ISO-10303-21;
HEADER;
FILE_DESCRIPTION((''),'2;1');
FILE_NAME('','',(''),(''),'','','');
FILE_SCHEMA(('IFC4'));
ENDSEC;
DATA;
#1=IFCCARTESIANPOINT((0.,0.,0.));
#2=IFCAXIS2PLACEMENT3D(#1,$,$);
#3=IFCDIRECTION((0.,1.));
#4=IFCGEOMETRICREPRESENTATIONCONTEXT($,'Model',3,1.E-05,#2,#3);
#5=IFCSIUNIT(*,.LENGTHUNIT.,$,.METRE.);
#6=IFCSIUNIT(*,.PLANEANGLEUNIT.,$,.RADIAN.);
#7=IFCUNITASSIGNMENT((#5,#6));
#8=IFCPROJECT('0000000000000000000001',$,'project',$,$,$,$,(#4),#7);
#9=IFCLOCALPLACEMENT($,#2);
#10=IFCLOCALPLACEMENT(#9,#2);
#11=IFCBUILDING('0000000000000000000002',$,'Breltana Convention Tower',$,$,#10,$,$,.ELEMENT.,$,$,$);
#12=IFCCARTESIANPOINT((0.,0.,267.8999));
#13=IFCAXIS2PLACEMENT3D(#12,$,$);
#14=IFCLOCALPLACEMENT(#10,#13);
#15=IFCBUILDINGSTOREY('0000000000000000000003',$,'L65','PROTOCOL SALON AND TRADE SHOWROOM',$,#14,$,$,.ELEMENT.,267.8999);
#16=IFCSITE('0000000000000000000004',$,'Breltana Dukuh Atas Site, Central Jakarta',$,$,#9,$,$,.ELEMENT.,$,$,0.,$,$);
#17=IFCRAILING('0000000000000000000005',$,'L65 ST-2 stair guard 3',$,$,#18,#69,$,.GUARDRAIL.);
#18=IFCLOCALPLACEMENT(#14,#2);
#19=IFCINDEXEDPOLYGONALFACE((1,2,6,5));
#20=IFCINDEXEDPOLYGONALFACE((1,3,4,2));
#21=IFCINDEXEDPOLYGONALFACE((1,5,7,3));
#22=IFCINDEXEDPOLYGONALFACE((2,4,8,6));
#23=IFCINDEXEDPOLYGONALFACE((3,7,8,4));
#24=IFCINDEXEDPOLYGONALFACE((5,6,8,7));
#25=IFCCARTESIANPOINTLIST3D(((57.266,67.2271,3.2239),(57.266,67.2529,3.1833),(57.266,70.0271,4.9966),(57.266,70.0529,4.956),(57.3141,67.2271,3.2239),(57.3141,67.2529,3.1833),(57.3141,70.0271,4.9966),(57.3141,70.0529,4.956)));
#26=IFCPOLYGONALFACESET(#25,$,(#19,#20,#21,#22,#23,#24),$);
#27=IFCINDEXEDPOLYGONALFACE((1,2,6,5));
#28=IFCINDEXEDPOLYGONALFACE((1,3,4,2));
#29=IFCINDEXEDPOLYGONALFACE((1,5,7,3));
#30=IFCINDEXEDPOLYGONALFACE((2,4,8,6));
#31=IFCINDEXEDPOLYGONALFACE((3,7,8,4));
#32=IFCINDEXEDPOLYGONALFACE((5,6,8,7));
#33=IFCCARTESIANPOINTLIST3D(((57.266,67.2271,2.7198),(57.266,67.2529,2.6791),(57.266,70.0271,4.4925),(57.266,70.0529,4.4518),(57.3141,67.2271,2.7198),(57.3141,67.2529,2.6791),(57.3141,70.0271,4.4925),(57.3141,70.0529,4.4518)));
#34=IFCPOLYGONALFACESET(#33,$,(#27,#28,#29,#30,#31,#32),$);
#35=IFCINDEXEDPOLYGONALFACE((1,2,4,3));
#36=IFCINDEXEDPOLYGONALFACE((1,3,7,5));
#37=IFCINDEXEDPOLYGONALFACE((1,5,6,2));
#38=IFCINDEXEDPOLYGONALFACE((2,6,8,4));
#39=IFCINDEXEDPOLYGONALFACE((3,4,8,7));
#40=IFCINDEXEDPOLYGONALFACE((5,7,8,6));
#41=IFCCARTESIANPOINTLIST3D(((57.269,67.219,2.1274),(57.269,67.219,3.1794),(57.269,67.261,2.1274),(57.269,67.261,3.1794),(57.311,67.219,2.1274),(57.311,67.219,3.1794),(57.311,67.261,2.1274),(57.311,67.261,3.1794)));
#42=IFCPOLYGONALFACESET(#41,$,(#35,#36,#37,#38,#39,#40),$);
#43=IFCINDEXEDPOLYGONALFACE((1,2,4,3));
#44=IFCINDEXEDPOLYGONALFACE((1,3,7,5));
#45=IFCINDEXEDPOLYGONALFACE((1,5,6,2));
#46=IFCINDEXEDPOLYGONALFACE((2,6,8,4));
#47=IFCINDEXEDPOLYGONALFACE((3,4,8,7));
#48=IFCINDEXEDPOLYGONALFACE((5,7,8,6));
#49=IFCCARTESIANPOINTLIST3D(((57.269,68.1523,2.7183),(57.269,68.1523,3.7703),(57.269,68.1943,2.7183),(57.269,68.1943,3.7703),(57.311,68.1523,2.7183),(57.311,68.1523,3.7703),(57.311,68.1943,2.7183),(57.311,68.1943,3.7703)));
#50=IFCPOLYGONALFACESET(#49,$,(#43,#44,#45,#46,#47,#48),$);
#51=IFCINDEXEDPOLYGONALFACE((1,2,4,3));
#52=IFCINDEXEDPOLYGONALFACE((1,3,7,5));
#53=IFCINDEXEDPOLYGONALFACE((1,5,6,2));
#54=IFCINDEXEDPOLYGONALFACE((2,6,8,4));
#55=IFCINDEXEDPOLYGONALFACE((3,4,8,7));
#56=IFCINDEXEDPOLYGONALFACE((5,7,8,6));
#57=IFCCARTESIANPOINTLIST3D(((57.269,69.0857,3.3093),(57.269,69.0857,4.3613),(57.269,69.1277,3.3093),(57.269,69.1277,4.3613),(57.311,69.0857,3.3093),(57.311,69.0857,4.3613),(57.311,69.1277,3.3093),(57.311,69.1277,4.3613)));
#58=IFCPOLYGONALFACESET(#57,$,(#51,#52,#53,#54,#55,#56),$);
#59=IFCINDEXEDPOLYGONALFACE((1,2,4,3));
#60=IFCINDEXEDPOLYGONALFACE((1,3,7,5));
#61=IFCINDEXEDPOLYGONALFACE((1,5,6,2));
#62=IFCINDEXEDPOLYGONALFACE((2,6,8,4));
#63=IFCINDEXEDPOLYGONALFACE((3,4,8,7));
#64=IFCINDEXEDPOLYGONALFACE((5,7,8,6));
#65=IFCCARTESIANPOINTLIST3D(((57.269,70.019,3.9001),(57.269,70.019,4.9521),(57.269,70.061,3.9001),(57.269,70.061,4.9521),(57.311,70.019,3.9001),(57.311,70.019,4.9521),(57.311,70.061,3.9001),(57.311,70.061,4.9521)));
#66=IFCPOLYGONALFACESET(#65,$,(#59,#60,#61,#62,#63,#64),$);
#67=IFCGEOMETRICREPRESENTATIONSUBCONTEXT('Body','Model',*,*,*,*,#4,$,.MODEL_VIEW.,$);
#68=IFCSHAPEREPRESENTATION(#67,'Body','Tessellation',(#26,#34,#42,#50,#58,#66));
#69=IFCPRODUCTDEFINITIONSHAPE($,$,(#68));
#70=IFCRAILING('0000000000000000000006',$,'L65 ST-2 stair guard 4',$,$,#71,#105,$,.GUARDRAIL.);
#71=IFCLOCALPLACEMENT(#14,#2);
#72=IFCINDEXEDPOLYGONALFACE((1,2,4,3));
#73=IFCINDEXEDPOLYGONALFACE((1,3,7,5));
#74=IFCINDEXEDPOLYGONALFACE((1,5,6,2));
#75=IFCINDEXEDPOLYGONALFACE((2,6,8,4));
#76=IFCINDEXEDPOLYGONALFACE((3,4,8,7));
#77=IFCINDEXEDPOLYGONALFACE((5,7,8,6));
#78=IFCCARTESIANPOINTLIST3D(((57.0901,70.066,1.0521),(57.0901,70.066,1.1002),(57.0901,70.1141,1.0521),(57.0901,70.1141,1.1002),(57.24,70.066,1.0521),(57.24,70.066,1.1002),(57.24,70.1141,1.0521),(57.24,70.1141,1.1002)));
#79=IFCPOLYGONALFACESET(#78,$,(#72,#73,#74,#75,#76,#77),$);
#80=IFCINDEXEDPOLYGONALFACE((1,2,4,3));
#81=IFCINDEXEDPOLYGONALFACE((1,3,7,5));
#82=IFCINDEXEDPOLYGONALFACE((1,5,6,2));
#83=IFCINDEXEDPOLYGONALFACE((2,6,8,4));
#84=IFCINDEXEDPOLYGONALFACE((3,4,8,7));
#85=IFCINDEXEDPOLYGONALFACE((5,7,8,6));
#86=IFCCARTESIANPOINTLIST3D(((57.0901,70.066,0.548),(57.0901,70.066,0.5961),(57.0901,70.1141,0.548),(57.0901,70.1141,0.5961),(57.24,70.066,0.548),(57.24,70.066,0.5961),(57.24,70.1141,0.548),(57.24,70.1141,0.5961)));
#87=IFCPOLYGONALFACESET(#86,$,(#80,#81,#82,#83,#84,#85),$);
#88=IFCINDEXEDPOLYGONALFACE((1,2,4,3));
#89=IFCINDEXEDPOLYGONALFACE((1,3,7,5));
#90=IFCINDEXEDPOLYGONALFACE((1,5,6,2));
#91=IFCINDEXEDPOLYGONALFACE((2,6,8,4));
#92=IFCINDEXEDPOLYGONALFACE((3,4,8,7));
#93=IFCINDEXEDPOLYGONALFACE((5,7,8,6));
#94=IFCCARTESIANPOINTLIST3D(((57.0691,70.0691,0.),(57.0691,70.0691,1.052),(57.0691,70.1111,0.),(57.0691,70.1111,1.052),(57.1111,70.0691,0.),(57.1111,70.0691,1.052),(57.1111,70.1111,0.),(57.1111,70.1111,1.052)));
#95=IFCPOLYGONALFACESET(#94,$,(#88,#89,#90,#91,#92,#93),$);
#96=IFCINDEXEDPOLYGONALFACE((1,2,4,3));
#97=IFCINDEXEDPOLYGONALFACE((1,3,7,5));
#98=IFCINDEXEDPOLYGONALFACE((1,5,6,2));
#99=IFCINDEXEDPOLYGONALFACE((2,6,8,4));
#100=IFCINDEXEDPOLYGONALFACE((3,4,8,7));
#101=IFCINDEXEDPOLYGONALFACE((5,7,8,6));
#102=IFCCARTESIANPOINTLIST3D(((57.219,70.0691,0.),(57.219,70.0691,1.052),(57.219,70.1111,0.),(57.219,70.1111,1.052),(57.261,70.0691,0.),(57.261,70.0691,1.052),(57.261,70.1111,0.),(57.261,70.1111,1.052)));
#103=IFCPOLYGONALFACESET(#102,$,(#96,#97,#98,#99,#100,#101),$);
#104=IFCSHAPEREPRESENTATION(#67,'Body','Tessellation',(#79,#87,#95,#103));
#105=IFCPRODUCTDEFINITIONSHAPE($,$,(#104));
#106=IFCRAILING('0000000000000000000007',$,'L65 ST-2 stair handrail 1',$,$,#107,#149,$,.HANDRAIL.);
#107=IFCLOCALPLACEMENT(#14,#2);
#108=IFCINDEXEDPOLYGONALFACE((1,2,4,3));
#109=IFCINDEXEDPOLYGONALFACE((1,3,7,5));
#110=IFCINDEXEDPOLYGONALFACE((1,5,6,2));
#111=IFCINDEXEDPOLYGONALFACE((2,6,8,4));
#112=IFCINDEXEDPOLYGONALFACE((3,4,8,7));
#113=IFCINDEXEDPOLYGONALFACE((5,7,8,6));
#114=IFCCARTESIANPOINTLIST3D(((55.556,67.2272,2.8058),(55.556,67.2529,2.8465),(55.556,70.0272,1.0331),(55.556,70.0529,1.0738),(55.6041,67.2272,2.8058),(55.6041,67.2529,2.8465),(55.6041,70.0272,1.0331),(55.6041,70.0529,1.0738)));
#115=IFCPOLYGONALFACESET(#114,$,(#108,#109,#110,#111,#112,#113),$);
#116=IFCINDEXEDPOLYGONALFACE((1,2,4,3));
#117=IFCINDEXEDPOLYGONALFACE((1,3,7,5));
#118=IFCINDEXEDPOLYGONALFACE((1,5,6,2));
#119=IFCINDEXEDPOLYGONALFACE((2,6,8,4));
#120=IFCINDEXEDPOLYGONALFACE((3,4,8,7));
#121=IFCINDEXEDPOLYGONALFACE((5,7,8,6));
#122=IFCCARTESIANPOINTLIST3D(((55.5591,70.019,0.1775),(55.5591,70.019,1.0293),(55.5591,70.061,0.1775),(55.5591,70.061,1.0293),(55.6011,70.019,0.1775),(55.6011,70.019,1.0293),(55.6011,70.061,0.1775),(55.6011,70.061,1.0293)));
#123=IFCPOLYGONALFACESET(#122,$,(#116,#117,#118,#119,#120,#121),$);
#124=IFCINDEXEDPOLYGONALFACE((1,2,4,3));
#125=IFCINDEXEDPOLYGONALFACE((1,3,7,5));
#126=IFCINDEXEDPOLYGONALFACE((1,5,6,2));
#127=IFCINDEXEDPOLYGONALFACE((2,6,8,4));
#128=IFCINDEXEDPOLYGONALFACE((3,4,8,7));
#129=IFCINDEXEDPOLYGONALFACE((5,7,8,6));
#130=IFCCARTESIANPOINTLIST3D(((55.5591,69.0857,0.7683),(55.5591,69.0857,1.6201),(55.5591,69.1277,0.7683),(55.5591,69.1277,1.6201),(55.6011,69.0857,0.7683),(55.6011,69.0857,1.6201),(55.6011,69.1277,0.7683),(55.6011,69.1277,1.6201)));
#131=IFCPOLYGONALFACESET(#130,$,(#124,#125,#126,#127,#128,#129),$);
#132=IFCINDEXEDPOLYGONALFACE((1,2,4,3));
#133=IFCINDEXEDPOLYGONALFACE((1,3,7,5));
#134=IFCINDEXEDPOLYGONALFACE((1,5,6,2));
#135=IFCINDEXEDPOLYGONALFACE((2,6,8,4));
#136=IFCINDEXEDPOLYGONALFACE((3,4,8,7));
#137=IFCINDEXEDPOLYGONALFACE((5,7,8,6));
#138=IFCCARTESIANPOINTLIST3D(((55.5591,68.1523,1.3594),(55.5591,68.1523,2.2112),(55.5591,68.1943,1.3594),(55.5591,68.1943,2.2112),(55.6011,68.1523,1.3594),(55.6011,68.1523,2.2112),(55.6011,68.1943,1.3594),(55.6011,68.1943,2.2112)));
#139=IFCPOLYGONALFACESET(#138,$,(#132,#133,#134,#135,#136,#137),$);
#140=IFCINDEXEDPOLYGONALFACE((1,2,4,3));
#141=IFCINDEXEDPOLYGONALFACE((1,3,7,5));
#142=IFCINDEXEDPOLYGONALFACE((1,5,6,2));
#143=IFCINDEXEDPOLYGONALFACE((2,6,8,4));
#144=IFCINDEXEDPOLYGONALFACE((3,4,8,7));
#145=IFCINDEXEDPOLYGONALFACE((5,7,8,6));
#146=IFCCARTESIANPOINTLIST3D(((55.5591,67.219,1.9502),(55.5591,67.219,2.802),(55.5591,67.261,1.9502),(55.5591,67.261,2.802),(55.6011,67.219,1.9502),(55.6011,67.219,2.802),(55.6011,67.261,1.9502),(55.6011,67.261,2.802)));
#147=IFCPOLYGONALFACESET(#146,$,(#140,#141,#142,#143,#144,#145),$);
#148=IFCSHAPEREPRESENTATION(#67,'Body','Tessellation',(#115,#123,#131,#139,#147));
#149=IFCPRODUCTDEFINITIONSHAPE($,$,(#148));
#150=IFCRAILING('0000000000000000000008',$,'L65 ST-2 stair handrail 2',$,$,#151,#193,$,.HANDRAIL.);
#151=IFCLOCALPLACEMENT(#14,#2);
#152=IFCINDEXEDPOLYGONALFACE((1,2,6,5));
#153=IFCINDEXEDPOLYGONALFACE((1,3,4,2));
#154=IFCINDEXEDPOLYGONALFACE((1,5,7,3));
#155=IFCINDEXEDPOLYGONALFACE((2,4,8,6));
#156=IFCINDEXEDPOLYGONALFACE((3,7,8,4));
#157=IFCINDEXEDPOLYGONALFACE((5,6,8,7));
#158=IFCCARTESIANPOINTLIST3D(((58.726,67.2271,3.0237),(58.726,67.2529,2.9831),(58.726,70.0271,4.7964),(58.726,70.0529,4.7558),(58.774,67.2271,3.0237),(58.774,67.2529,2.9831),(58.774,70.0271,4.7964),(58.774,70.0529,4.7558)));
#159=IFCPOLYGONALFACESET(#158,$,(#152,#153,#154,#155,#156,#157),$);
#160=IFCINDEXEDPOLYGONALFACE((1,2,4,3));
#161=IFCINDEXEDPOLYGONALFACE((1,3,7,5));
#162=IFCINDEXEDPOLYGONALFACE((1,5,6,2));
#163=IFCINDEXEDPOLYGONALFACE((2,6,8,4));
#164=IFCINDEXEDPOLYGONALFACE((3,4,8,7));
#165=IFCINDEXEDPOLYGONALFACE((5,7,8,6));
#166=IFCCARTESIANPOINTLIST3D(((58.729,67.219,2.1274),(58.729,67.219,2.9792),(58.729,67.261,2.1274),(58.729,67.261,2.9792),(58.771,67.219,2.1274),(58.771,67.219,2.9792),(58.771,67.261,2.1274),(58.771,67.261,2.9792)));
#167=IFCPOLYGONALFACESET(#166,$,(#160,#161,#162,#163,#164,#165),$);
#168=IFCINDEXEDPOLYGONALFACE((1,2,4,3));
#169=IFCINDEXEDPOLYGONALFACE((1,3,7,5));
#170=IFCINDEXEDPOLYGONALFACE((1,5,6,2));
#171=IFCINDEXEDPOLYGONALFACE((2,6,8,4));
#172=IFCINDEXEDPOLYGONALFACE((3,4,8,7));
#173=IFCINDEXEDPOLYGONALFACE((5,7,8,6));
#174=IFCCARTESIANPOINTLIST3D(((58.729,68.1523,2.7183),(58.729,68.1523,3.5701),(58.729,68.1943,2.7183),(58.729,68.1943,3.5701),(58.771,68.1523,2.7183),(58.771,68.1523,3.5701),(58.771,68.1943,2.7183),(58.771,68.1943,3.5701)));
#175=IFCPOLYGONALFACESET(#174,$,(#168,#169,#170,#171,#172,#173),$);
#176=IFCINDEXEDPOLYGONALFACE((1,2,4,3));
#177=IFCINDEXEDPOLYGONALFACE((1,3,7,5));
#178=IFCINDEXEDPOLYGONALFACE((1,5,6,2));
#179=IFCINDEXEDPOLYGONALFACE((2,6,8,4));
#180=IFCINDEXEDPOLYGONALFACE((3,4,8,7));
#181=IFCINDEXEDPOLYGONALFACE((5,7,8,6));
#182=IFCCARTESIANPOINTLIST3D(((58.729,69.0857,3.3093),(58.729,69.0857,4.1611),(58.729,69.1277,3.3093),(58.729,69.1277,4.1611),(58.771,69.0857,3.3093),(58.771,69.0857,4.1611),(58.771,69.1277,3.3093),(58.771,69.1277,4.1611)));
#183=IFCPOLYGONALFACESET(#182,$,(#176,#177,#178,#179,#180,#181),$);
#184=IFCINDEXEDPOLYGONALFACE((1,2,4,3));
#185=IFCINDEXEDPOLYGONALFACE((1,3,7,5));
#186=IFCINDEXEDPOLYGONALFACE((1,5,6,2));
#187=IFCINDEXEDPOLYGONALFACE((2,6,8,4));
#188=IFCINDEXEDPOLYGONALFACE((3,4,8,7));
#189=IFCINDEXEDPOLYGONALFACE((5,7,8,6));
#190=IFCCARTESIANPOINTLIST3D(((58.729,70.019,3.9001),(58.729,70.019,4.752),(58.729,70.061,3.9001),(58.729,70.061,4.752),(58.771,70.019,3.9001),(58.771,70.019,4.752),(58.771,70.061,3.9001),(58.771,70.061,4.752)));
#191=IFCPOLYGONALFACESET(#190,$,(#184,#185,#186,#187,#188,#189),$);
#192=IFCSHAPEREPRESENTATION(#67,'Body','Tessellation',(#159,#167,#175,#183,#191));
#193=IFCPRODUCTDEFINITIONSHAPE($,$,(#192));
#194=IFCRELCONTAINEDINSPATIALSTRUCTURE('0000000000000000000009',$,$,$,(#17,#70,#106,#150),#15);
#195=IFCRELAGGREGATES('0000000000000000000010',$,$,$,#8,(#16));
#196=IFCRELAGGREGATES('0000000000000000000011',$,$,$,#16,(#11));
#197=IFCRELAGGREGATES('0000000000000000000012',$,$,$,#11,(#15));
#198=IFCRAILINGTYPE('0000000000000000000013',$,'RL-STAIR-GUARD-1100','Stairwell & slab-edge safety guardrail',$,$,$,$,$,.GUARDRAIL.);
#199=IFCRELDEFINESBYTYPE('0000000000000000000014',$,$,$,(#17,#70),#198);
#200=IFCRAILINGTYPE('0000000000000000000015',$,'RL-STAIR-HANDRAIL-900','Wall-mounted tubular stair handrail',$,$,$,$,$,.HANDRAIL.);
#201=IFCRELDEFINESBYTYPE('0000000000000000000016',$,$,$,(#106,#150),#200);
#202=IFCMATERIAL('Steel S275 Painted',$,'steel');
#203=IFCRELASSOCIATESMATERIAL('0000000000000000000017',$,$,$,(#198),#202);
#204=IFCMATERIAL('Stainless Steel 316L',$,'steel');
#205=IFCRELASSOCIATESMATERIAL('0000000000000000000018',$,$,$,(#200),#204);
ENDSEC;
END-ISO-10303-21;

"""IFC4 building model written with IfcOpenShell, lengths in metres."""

from ifc_helpers import new_model, si_unit, direction, frame, origin, origin_2d, place, context, subcontext, project, spatial, rectangle, extrude, material, type_object, element, save


model = new_model("IFC4")

# Units and contexts
model_context = context("Model", 3, precision=1e-05, world=origin(), true_north=direction((0.0, 1.0)))
body_context = subcontext(model_context, "Body", "Model", "MODEL_VIEW")
ifc_project = project(units=[si_unit("LENGTHUNIT", "METRE"), si_unit("PLANEANGLEUNIT", "RADIAN")], contexts=[model_context])

# Site, building, storey
site_placement = place(None, origin())
site = spatial("IfcSite", under=ifc_project, at=site_placement, Name="Breltana Dukuh Atas Site, Central Jakarta", CompositionType="ELEMENT", RefElevation=0.0)
building_placement = place(site_placement, origin())
building = spatial("IfcBuilding", under=site, at=building_placement, Name="Breltana Convention Tower", CompositionType="ELEMENT")
storey_placement = place(building_placement, frame((0.0, 0.0, 267.8999)))
storey = spatial("IfcBuildingStorey", under=building, at=storey_placement, Name="L65", Description="PROTOCOL SALON AND TRADE SHOWROOM", CompositionType="ELEMENT", Elevation=267.8999)

# Railings
ifc_material_1 = material(Name="Steel S275 Painted", Category="steel")
railing_type_1 = type_object("IfcRailingType", Name="RL-STAIR-GUARD-1100", Description="Stairwell & slab-edge safety guardrail", PredefinedType="GUARDRAIL", material=ifc_material_1)
railing_1_placement = place(storey_placement, frame((57.29, 67.24, 2.1274)))
element("IfcRailing", 1, at=railing_1_placement, inside=storey, type_object=railing_type_1, Name="L65 ST-2 stair guard 3", PredefinedType="GUARDRAIL", context=body_context, shape_type="SweptSolid", body=[
    extrude(rectangle(XDim=0.0481, YDim=0.0481, at=origin_2d()), frame((0.0, 0.0, 1.0762), z_axis=(0.0, 0.844909, 0.53491), x_axis=(-1.0, 0.0, 0.0)), (0.0, 0.0, 1.0), 3.314),
    extrude(rectangle(XDim=0.0481, YDim=0.0481, at=origin_2d()), frame((0.0, 0.0, 0.572), z_axis=(0.0, 0.844909, 0.53491), x_axis=(-1.0, 0.0, 0.0)), (0.0, 0.0, 1.0), 3.314),
    extrude(rectangle(XDim=0.042, YDim=0.042, at=origin_2d()), origin(), (0.0, 0.0, 1.0), 1.052),
    extrude(rectangle(XDim=0.042, YDim=0.042, at=origin_2d()), frame((0.0, 0.9333, 0.5908)), (0.0, 0.0, 1.0), 1.052),
    extrude(rectangle(XDim=0.042, YDim=0.042, at=origin_2d()), frame((0.0, 1.8667, 1.1819)), (0.0, 0.0, 1.0), 1.052),
    extrude(rectangle(XDim=0.042, YDim=0.042, at=origin_2d()), frame((0.0, 2.8, 1.7727)), (0.0, 0.0, 1.0), 1.052),
])
railing_2_placement = place(storey_placement, frame((57.0901, 70.0901, 0.0)))
element("IfcRailing", 2, at=railing_2_placement, inside=storey, type_object=railing_type_1, Name="L65 ST-2 stair guard 4", PredefinedType="GUARDRAIL", context=body_context, shape_type="SweptSolid", body=[
    extrude(rectangle(XDim=0.0481, YDim=0.0481, at=origin_2d()), frame((0.0, 0.0, 1.0762), z_axis=(1.0, 0.0, 0.0), x_axis=(0.0, 1.0, 0.0)), (0.0, 0.0, 1.0), 0.1499),
    extrude(rectangle(XDim=0.0481, YDim=0.0481, at=origin_2d()), frame((0.0, 0.0, 0.572), z_axis=(1.0, 0.0, 0.0), x_axis=(0.0, 1.0, 0.0)), (0.0, 0.0, 1.0), 0.1499),
    extrude(rectangle(XDim=0.042, YDim=0.042, at=origin_2d()), origin(), (0.0, 0.0, 1.0), 1.052),
    extrude(rectangle(XDim=0.042, YDim=0.042, at=origin_2d()), frame((0.1499, 0.0, 0.0)), (0.0, 0.0, 1.0), 1.052),
])
ifc_material_2 = material(Name="Stainless Steel 316L", Category="steel")
railing_type_2 = type_object("IfcRailingType", Name="RL-STAIR-HANDRAIL-900", Description="Wall-mounted tubular stair handrail", PredefinedType="HANDRAIL", material=ifc_material_2)
railing_3_placement = place(storey_placement, frame((55.5801, 70.04, 0.1775)))
element("IfcRailing", 3, at=railing_3_placement, inside=storey, type_object=railing_type_2, Name="L65 ST-2 stair handrail 1", PredefinedType="HANDRAIL", context=body_context, shape_type="SweptSolid", body=[
    extrude(rectangle(XDim=0.0481, YDim=0.0481, at=origin_2d()), frame((0.0, 0.0, 0.876), z_axis=(0.0, -0.844909, 0.53491), x_axis=(1.0, 0.0, 0.0)), (0.0, 0.0, 1.0), 3.314),
    extrude(rectangle(XDim=0.042, YDim=0.042, at=origin_2d()), origin(), (0.0, 0.0, 1.0), 0.8518),
    extrude(rectangle(XDim=0.042, YDim=0.042, at=origin_2d()), frame((0.0, -0.9333, 0.5908)), (0.0, 0.0, 1.0), 0.8518),
    extrude(rectangle(XDim=0.042, YDim=0.042, at=origin_2d()), frame((0.0, -1.8667, 1.1819)), (0.0, 0.0, 1.0), 0.8518),
    extrude(rectangle(XDim=0.042, YDim=0.042, at=origin_2d()), frame((0.0, -2.8, 1.7727)), (0.0, 0.0, 1.0), 0.8518),
])
railing_4_placement = place(storey_placement, frame((58.75, 67.24, 2.1274)))
element("IfcRailing", 4, at=railing_4_placement, inside=storey, type_object=railing_type_2, Name="L65 ST-2 stair handrail 2", PredefinedType="HANDRAIL", context=body_context, shape_type="SweptSolid", body=[
    extrude(rectangle(XDim=0.0481, YDim=0.0481, at=origin_2d()), frame((0.0, 0.0, 0.876), z_axis=(0.0, 0.844909, 0.53491), x_axis=(-1.0, 0.0, 0.0)), (0.0, 0.0, 1.0), 3.314),
    extrude(rectangle(XDim=0.042, YDim=0.042, at=origin_2d()), origin(), (0.0, 0.0, 1.0), 0.8518),
    extrude(rectangle(XDim=0.042, YDim=0.042, at=origin_2d()), frame((0.0, 0.9333, 0.5908)), (0.0, 0.0, 1.0), 0.8518),
    extrude(rectangle(XDim=0.042, YDim=0.042, at=origin_2d()), frame((0.0, 1.8667, 1.1819)), (0.0, 0.0, 1.0), 0.8518),
    extrude(rectangle(XDim=0.042, YDim=0.042, at=origin_2d()), frame((0.0, 2.8, 1.7727)), (0.0, 0.0, 1.0), 0.8518),
])

save(model, "model.ifc")
